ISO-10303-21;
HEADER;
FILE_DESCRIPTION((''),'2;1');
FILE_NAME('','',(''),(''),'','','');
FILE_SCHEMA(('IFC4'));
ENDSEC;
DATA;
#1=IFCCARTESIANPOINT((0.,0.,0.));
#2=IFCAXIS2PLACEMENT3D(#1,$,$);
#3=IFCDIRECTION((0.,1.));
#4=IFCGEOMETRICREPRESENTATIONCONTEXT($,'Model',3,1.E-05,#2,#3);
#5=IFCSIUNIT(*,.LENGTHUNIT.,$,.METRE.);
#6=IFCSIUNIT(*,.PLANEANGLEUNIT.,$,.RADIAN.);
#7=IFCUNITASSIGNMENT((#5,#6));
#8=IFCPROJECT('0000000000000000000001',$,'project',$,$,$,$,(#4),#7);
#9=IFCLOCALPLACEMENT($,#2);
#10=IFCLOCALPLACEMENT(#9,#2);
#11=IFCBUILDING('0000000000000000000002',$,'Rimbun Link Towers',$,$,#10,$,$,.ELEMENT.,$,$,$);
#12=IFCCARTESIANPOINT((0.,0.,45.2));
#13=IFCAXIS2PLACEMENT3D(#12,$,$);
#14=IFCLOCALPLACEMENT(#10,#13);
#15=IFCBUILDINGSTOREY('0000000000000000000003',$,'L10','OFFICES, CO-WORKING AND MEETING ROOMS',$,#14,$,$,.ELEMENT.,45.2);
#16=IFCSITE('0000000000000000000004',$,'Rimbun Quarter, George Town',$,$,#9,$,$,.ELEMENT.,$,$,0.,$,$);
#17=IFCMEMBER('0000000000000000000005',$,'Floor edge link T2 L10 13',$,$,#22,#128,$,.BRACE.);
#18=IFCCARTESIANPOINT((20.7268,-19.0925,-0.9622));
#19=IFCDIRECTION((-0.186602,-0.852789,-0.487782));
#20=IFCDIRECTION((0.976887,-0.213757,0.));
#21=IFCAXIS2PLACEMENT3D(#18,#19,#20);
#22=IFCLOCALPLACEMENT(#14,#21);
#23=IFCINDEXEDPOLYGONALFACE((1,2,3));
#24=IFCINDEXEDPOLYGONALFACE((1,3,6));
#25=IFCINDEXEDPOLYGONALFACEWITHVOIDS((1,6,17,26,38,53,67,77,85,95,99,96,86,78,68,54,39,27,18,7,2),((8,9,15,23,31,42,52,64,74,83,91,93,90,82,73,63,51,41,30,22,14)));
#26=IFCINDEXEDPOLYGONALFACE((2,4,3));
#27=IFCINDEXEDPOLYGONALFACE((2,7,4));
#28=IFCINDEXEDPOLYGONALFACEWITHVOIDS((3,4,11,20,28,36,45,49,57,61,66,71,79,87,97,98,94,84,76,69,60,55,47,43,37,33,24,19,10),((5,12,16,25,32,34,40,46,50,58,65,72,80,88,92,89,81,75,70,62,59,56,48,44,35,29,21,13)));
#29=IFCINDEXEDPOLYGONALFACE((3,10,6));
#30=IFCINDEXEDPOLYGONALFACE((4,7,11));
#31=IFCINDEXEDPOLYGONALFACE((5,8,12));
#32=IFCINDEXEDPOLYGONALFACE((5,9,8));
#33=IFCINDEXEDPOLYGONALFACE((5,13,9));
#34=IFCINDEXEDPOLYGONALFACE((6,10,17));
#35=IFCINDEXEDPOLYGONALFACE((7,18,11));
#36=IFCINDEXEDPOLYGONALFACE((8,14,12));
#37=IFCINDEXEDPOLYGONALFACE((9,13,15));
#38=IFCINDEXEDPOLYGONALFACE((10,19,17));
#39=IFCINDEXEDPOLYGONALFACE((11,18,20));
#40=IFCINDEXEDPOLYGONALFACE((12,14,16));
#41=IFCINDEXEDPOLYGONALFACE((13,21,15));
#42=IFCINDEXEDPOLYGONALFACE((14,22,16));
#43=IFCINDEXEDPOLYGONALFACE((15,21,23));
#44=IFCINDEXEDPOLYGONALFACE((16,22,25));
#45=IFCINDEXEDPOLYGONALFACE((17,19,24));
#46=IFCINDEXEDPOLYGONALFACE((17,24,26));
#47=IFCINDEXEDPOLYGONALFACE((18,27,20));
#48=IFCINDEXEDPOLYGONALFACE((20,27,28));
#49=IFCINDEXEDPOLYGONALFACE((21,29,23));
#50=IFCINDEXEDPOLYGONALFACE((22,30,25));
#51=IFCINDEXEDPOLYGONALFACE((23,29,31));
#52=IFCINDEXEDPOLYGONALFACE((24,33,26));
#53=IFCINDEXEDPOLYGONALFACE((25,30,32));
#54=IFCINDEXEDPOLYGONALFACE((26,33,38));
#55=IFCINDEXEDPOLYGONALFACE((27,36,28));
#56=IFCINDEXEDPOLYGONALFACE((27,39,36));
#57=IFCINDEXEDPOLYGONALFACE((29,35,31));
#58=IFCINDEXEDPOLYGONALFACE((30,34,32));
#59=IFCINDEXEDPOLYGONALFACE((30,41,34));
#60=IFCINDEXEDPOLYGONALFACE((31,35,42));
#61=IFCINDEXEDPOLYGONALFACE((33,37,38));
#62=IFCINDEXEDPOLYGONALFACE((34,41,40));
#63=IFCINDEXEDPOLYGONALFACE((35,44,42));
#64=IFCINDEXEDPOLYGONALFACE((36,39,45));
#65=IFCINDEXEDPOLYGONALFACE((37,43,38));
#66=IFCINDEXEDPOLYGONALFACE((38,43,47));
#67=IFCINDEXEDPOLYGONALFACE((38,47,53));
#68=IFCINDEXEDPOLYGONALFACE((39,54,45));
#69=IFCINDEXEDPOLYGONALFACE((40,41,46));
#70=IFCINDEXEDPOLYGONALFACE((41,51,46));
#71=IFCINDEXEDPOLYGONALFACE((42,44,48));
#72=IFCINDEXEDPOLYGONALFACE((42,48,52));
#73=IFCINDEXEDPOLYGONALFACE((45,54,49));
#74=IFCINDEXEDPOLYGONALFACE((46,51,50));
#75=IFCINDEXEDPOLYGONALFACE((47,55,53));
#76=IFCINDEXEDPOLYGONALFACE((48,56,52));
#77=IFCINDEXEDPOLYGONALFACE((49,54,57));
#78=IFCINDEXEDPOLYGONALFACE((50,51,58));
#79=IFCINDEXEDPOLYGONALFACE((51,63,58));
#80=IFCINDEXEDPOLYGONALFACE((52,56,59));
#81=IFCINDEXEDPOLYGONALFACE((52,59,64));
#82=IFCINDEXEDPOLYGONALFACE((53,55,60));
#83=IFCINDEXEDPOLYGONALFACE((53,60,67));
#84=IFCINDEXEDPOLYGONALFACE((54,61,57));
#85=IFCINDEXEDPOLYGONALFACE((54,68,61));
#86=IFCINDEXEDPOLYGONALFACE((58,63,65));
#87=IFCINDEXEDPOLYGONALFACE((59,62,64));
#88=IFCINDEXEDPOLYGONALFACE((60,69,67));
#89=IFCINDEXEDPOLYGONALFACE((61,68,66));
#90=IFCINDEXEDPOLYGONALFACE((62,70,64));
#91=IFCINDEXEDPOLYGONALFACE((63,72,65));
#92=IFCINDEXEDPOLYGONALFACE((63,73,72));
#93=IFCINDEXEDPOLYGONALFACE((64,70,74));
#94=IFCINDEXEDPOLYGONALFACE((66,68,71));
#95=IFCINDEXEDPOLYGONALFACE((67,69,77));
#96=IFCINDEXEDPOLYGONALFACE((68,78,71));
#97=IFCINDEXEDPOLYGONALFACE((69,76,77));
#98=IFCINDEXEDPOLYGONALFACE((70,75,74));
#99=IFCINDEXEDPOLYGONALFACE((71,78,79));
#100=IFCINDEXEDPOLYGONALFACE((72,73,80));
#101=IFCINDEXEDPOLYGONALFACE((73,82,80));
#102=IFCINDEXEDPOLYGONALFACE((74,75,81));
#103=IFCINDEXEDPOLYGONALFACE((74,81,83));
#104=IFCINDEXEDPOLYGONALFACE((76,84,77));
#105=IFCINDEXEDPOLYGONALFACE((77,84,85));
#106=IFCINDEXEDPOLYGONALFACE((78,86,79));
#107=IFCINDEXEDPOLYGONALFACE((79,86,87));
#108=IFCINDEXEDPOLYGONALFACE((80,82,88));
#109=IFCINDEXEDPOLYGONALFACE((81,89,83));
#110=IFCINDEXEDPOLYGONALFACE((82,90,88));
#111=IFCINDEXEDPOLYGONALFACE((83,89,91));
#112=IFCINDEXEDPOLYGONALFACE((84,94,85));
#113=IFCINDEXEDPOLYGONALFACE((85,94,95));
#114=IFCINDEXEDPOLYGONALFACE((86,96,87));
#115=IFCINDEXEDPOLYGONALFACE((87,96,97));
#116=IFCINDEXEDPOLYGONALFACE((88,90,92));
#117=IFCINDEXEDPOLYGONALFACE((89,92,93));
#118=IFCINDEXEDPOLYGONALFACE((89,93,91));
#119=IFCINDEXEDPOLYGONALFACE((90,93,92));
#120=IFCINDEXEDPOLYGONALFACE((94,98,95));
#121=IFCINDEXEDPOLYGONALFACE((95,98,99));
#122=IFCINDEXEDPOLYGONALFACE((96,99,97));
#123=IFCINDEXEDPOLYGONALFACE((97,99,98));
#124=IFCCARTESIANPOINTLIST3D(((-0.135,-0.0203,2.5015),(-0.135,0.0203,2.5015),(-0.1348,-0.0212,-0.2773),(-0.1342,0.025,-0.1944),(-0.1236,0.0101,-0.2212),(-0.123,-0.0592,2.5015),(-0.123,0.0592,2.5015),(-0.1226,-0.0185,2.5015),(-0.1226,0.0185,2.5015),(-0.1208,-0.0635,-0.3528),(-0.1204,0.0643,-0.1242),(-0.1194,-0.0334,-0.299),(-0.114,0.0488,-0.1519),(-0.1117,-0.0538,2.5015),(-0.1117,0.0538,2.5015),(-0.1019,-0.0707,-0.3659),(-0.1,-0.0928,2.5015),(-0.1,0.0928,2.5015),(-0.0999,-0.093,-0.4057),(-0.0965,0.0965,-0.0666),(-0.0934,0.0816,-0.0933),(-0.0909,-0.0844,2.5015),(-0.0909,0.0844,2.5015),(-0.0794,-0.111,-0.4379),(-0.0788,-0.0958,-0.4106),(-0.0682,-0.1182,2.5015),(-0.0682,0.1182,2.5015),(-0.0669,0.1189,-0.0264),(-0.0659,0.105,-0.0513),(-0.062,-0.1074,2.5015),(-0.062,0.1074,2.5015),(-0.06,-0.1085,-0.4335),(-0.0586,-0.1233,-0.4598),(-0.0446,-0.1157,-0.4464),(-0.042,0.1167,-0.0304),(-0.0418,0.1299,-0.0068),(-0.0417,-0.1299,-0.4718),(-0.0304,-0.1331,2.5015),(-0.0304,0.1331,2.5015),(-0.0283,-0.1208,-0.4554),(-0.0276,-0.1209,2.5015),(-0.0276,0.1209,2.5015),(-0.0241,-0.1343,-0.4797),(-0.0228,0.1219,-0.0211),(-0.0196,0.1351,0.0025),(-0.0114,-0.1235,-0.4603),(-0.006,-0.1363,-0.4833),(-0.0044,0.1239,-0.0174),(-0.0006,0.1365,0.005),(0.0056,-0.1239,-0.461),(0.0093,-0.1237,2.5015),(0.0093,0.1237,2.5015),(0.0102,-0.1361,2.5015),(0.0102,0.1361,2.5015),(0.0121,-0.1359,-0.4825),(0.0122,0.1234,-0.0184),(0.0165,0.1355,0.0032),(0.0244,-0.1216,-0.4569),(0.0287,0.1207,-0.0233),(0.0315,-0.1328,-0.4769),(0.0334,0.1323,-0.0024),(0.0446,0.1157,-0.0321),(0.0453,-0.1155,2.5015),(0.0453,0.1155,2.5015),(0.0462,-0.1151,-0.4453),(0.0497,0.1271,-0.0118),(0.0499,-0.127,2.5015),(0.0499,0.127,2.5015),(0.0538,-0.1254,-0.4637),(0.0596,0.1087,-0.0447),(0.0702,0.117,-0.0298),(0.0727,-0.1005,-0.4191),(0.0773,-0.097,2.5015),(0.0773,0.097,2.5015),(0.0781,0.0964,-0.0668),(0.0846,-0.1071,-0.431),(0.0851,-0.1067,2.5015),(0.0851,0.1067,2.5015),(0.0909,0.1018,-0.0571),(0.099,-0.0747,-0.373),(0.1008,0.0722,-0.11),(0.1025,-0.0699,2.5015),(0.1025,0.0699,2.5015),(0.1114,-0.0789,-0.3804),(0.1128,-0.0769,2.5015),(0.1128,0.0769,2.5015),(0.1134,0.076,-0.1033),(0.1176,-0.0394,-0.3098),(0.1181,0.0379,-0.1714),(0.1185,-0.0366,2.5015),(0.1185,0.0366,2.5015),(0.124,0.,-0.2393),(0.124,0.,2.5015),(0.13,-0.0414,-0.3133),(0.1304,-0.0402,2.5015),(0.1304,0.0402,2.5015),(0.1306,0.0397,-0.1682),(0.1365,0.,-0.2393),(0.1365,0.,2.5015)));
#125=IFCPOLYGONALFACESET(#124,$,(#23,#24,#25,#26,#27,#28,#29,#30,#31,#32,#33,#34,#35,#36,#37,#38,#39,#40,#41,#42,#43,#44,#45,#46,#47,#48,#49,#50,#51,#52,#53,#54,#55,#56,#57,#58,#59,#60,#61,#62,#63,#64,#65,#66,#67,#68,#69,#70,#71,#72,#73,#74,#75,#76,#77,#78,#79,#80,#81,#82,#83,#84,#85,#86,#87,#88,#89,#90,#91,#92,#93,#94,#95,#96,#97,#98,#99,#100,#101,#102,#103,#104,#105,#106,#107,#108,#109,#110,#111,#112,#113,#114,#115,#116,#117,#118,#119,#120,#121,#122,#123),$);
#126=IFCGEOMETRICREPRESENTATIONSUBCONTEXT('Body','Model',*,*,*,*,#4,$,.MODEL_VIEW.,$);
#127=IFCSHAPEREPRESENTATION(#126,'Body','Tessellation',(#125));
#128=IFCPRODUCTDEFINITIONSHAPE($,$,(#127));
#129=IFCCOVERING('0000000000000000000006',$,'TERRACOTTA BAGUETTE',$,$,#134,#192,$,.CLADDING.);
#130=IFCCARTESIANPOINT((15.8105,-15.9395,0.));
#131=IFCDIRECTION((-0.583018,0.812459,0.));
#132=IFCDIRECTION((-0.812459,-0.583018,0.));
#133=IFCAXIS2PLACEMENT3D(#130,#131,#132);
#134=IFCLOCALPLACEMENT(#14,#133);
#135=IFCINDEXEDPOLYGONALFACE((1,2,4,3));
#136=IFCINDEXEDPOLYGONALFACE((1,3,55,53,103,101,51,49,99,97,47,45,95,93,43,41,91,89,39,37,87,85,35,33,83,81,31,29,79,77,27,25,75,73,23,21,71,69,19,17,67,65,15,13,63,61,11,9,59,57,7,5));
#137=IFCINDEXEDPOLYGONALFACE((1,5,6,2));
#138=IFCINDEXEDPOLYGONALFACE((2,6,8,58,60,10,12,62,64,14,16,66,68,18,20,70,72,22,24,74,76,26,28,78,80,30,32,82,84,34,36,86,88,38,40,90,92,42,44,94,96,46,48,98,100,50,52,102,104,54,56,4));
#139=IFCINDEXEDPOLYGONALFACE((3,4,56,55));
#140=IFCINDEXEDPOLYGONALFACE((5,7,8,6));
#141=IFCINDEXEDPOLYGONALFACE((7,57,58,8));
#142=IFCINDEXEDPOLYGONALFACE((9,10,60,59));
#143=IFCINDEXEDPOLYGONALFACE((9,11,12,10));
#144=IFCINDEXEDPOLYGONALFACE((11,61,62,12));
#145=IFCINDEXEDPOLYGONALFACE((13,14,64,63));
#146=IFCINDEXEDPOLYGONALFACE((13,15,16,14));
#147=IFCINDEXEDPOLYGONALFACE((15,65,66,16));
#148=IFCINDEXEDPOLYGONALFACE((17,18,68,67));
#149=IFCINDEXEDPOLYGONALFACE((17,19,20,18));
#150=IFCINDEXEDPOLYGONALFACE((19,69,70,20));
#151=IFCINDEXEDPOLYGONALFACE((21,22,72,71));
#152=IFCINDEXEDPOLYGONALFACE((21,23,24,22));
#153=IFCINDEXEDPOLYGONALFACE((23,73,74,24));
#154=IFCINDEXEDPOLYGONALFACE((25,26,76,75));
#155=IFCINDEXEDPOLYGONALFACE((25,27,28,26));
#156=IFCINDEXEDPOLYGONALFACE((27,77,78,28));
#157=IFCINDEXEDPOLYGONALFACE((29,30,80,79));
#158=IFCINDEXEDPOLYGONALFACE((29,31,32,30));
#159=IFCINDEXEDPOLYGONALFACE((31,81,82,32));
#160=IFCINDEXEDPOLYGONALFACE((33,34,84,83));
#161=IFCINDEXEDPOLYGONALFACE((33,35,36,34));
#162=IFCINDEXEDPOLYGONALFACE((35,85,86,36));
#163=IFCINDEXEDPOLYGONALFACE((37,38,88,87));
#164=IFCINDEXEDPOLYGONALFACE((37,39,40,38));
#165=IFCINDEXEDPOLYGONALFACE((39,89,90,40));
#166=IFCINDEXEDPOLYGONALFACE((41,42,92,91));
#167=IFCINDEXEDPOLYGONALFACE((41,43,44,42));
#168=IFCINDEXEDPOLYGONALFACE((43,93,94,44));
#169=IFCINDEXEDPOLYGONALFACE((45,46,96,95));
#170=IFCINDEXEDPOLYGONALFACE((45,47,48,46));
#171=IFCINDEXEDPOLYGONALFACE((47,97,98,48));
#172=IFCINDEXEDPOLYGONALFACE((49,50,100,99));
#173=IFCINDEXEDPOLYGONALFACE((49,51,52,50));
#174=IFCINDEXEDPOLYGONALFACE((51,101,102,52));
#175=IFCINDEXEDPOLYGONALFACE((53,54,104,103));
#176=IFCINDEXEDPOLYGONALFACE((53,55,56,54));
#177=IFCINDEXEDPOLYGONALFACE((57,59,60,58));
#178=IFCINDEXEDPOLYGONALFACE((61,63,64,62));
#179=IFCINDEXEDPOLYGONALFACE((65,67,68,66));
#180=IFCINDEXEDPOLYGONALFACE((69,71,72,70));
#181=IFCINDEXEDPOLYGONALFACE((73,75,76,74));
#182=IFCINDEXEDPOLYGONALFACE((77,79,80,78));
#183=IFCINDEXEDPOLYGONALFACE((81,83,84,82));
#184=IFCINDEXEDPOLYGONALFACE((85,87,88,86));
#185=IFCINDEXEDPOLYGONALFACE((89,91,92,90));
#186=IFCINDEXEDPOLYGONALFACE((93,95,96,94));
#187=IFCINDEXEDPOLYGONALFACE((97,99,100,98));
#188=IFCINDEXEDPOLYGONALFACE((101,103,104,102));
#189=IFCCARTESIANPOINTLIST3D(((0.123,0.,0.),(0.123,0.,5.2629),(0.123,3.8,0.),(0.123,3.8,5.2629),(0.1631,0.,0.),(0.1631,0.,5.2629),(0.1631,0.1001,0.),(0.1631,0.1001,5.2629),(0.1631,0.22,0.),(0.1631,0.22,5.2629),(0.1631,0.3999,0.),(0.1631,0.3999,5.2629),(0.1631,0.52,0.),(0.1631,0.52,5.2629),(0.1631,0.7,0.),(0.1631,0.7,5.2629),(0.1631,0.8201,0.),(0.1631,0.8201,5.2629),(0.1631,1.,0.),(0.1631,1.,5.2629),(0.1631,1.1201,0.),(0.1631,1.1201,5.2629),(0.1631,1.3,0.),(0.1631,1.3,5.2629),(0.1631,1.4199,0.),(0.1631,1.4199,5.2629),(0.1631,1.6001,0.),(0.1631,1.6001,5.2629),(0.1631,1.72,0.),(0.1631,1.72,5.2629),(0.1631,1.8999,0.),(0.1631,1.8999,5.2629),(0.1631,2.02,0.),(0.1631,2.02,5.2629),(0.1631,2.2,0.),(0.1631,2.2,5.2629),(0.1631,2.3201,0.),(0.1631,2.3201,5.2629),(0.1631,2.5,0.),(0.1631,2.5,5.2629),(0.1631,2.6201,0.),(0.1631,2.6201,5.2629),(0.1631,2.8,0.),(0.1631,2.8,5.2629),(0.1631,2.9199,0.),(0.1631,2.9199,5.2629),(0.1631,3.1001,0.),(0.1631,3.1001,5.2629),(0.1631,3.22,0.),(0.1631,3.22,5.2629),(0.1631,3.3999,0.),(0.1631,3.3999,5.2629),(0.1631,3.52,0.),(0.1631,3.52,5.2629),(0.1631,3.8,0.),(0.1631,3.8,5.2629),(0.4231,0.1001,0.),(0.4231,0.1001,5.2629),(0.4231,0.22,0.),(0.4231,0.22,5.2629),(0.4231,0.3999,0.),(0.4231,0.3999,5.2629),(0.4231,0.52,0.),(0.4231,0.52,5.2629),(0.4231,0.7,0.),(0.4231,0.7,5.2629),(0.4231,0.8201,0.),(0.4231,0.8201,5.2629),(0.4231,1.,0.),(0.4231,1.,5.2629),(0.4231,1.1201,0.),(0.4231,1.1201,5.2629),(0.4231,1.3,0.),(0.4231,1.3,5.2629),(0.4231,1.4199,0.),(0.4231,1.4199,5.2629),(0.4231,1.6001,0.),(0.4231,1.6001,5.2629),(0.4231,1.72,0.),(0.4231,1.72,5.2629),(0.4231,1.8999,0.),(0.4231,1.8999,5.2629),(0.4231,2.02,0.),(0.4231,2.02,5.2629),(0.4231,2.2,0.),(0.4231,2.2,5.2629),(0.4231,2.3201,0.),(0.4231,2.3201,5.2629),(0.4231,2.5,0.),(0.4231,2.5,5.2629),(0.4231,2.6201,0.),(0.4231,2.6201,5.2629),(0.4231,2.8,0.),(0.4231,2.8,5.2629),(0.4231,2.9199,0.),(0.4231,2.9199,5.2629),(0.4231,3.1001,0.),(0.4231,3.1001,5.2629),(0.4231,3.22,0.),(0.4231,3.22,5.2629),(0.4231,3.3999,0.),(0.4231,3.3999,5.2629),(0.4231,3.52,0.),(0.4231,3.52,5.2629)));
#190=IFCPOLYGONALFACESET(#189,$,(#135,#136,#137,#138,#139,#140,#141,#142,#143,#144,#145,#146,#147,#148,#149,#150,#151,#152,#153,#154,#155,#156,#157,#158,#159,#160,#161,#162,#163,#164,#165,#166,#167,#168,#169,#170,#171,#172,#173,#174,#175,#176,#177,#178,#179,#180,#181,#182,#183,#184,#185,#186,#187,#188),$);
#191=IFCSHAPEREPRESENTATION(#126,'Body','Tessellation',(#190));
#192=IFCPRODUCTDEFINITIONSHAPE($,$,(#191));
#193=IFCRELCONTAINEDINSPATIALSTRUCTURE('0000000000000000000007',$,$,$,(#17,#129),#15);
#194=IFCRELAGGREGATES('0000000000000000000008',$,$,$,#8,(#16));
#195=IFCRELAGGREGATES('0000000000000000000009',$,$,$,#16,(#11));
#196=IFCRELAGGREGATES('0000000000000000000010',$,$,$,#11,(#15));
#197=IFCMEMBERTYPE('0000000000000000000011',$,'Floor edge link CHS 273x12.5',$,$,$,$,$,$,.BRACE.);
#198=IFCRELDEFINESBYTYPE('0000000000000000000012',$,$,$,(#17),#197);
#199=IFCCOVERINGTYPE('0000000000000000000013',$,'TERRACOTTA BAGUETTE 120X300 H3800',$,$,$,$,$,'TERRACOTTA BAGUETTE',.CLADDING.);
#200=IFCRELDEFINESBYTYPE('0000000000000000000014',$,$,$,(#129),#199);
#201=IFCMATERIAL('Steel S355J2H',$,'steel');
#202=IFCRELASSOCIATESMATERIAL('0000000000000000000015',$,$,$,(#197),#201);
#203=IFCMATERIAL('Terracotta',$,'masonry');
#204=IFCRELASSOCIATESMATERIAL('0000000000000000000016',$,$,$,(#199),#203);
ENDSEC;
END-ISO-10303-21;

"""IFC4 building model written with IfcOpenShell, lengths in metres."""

from ifc_helpers import new_model, si_unit, direction, frame, origin, origin_2d, place, context, subcontext, project, spatial, polyline, hollow_circle, outline, extrude, clip, halfspace, material, material_profile, profile_set, type_object, element, save


model = new_model("IFC4")

# Units and contexts
model_context = context("Model", 3, precision=1e-05, world=origin(), true_north=direction((0.0, 1.0)))
body_context = subcontext(model_context, "Body", "Model", "MODEL_VIEW")
ifc_project = project(units=[si_unit("LENGTHUNIT", "METRE"), si_unit("PLANEANGLEUNIT", "RADIAN")], contexts=[model_context])

# Site, building, storey
site_placement = place(None, origin())
site = spatial("IfcSite", under=ifc_project, at=site_placement, Name="Rimbun Quarter, George Town", CompositionType="ELEMENT", RefElevation=0.0)
building_placement = place(site_placement, origin())
building = spatial("IfcBuilding", under=site, at=building_placement, Name="Rimbun Link Towers", CompositionType="ELEMENT")
storey_placement = place(building_placement, frame((0.0, 0.0, 45.2)))
storey = spatial("IfcBuildingStorey", under=building, at=storey_placement, Name="L10", Description="OFFICES, CO-WORKING AND MEETING ROOMS", CompositionType="ELEMENT", Elevation=45.2)

# Member
ifc_material_1 = material(Name="Steel S355J2H", Category="steel")
ifc_material_profile_1 = material_profile(ifc_material_1, hollow_circle(Radius=0.1365, WallThickness=0.0125, at=origin_2d()), Name="CHS 273x12.5")
ifc_profile_set_1 = profile_set([ifc_material_profile_1], Name="Steel S355J2H")
member_type_1 = type_object("IfcMemberType", Name="Floor edge link CHS 273x12.5", PredefinedType="BRACE", material=ifc_profile_set_1)
member_1_placement = place(storey_placement, frame((20.7268, -19.0925, -0.9622), z_axis=(-0.186602, -0.852789, -0.487782), x_axis=(0.976887, -0.213757, 0.0)))
element("IfcMember", 1, at=member_1_placement, inside=storey, type_object=member_type_1, Name="Floor edge link T2 L10 13", PredefinedType="BRACE", context=body_context, shape_type="Clipping", body=[
    clip(extrude(hollow_circle(Radius=0.1365, WallThickness=0.0125, at=origin_2d()), frame((0.0, 0.0, -0.5093)), (0.0, 0.0, 1.0), 3.0107), halfspace(frame((0.0, 0.0, -0.2393), z_axis=(0.0, 0.872966, -0.487782)), False)),
])

# Covering
ifc_material_2 = material(Name="Terracotta", Category="masonry")
ifc_material_profile_2 = material_profile(ifc_material_2, outline(polyline([(0.123, 0.0), (0.1631, 0.0), (0.1631, 0.1001), (0.4231, 0.1001), (0.4231, 0.22), (0.1631, 0.22), (0.1631, 0.3999), (0.4231, 0.3999), (0.4231, 0.52), (0.1631, 0.52), (0.1631, 0.7), (0.4231, 0.7), (0.4231, 0.8201), (0.1631, 0.8201), (0.1631, 1.0), (0.4231, 1.0), (0.4231, 1.1201), (0.1631, 1.1201), (0.1631, 1.3), (0.4231, 1.3), (0.4231, 1.4199), (0.1631, 1.4199), (0.1631, 1.6001), (0.4231, 1.6001), (0.4231, 1.72), (0.1631, 1.72), (0.1631, 1.8999), (0.4231, 1.8999), (0.4231, 2.02), (0.1631, 2.02), (0.1631, 2.2), (0.4231, 2.2), (0.4231, 2.3201), (0.1631, 2.3201), (0.1631, 2.5), (0.4231, 2.5), (0.4231, 2.6201), (0.1631, 2.6201), (0.1631, 2.8), (0.4231, 2.8), (0.4231, 2.9199), (0.1631, 2.9199), (0.1631, 3.1001), (0.4231, 3.1001), (0.4231, 3.22), (0.1631, 3.22), (0.1631, 3.3999), (0.4231, 3.3999), (0.4231, 3.52), (0.1631, 3.52), (0.1631, 3.8), (0.123, 3.8), (0.123, 0.0)])), Name="BAGUETTE 120X300")
ifc_profile_set_2 = profile_set([ifc_material_profile_2], Name="Terracotta")
covering_type = type_object("IfcCoveringType", Name="TERRACOTTA BAGUETTE 120X300 H3800", ElementType="TERRACOTTA BAGUETTE", PredefinedType="CLADDING", material=ifc_profile_set_2)
for number, where, z_axis, x_axis, name in (
    (2, (15.8105, -15.9395, 0.0), (-0.583018, 0.812459, 0.0), (-0.812459, -0.583018, 0.0), "TERRACOTTA BAGUETTE"),
):
    element("IfcCovering", number, at=place(storey_placement, frame(where, z_axis=z_axis, x_axis=x_axis)), inside=storey, type_object=covering_type, Name=name, PredefinedType="CLADDING", context=body_context, shape_type="SweptSolid", body=[
        extrude(outline(polyline([(0.123, 0.0), (0.1631, 0.0), (0.1631, 0.1001), (0.4231, 0.1001), (0.4231, 0.22), (0.1631, 0.22), (0.1631, 0.3999), (0.4231, 0.3999), (0.4231, 0.52), (0.1631, 0.52), (0.1631, 0.7), (0.4231, 0.7), (0.4231, 0.8201), (0.1631, 0.8201), (0.1631, 1.0), (0.4231, 1.0), (0.4231, 1.1201), (0.1631, 1.1201), (0.1631, 1.3), (0.4231, 1.3), (0.4231, 1.4199), (0.1631, 1.4199), (0.1631, 1.6001), (0.4231, 1.6001), (0.4231, 1.72), (0.1631, 1.72), (0.1631, 1.8999), (0.4231, 1.8999), (0.4231, 2.02), (0.1631, 2.02), (0.1631, 2.2), (0.4231, 2.2), (0.4231, 2.3201), (0.1631, 2.3201), (0.1631, 2.5), (0.4231, 2.5), (0.4231, 2.6201), (0.1631, 2.6201), (0.1631, 2.8), (0.4231, 2.8), (0.4231, 2.9199), (0.1631, 2.9199), (0.1631, 3.1001), (0.4231, 3.1001), (0.4231, 3.22), (0.1631, 3.22), (0.1631, 3.3999), (0.4231, 3.3999), (0.4231, 3.52), (0.1631, 3.52), (0.1631, 3.8), (0.123, 3.8), (0.123, 0.0)])), origin(), (0.0, 0.0, 1.0), 5.2629),
    ])

save(model, "model.ifc")
